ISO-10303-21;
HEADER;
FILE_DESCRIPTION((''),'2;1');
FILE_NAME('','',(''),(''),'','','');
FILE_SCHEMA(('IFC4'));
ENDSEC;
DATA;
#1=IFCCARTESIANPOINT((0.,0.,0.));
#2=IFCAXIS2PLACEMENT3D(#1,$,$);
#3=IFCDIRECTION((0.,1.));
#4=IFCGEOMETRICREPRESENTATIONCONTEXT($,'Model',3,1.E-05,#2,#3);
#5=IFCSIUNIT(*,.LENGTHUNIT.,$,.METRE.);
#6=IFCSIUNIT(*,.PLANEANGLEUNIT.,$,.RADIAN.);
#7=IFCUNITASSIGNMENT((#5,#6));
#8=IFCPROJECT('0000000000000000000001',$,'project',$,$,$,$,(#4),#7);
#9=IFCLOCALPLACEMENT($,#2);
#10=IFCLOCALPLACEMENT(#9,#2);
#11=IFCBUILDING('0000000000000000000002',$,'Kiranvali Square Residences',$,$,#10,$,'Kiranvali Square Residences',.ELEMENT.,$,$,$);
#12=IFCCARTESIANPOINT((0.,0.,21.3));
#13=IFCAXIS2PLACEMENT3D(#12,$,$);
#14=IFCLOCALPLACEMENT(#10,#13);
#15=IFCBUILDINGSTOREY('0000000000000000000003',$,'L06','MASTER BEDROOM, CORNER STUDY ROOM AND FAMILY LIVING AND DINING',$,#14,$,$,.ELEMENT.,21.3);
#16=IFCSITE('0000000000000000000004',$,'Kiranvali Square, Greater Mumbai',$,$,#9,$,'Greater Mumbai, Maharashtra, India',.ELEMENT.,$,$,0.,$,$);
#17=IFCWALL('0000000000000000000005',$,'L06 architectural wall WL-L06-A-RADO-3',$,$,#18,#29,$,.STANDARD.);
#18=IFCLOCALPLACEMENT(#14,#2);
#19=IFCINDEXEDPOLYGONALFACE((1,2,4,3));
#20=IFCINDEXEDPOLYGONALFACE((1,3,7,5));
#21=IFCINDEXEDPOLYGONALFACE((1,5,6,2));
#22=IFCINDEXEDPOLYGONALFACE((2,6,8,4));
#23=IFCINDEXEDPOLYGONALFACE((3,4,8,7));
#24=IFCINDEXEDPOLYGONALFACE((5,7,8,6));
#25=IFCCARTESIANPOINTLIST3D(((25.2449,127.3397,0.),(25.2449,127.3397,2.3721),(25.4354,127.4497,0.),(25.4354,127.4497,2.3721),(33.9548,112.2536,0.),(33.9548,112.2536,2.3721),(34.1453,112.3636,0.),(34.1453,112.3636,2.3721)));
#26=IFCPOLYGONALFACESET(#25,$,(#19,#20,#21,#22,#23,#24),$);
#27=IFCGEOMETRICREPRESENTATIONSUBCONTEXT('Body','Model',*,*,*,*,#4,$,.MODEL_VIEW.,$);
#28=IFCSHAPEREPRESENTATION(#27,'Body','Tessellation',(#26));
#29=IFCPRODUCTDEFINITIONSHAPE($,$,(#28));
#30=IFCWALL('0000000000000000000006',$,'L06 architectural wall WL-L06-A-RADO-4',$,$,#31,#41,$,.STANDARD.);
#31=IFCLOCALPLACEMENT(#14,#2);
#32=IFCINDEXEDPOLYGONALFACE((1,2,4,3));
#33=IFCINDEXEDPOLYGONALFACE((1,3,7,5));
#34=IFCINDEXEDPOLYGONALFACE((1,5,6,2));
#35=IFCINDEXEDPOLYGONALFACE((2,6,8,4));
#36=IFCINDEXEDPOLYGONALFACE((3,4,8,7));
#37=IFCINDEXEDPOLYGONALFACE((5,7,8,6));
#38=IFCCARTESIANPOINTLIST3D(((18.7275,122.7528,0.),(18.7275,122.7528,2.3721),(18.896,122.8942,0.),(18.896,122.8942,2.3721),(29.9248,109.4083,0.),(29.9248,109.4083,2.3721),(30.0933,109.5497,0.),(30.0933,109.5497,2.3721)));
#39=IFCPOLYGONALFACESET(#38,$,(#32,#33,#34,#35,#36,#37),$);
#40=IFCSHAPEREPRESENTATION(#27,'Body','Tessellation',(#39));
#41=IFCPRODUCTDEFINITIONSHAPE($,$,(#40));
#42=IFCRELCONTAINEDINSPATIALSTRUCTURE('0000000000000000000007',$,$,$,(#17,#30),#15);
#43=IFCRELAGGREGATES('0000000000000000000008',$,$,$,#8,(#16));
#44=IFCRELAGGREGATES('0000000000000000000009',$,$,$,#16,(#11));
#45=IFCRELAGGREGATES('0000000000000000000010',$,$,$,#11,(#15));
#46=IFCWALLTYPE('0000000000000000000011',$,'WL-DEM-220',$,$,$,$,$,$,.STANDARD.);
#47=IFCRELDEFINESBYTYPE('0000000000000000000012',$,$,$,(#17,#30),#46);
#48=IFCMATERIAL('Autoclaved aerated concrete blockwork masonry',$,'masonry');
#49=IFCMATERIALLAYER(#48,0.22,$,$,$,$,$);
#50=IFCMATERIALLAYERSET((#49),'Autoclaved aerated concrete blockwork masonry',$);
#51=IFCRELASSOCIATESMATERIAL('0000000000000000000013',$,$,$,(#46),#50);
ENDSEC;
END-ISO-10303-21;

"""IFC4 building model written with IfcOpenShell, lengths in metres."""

from ifc_helpers import new_model, si_unit, direction, frame, frame_2d, origin, place, context, subcontext, project, spatial, rectangle, extrude, material, layer, layer_set, type_object, element, save


model = new_model("IFC4")

# Units and contexts
model_context = context("Model", 3, precision=1e-05, world=origin(), true_north=direction((0.0, 1.0)))
body_context = subcontext(model_context, "Body", "Model", "MODEL_VIEW")
ifc_project = project(units=[si_unit("LENGTHUNIT", "METRE"), si_unit("PLANEANGLEUNIT", "RADIAN")], contexts=[model_context])

# Site, building, storey
site_placement = place(None, origin())
site = spatial("IfcSite", under=ifc_project, at=site_placement, Name="Kiranvali Square, Greater Mumbai", LongName="Greater Mumbai, Maharashtra, India", CompositionType="ELEMENT", RefElevation=0.0)
building_placement = place(site_placement, origin())
building = spatial("IfcBuilding", under=site, at=building_placement, Name="Kiranvali Square Residences", LongName="Kiranvali Square Residences", CompositionType="ELEMENT")
storey_placement = place(building_placement, frame((0.0, 0.0, 21.3)))
storey = spatial("IfcBuildingStorey", under=building, at=storey_placement, Name="L06", Description="MASTER BEDROOM, CORNER STUDY ROOM AND FAMILY LIVING AND DINING", CompositionType="ELEMENT", Elevation=21.3)

# Shared definitions
ifc_material_1 = material(Name="Autoclaved aerated concrete blockwork masonry", Category="masonry")

# Walls
ifc_layer_1 = layer(ifc_material_1, 0.22)
ifc_layer_set_1 = layer_set([ifc_layer_1], Name="Autoclaved aerated concrete blockwork masonry")
wall_type_1 = type_object("IfcWallType", Name="WL-DEM-220", PredefinedType="STANDARD", material=ifc_layer_set_1)
for number, where, z_axis, x_axis, name in (
    (1, (34.05, 112.3086, 0.0), (0.0, 0.0, 1.0), (-0.499998, 0.866027, 0.0), "L06 architectural wall WL-L06-A-RADO-3"),
    (2, (30.009, 109.479, 0.0), (0.0, 0.0, 1.0), (-0.642785, 0.766047, 0.0), "L06 architectural wall WL-L06-A-RADO-4"),
):
    element("IfcWall", number, at=place(storey_placement, frame(where, z_axis=z_axis, x_axis=x_axis)), inside=storey, type_object=wall_type_1, Name=name, PredefinedType="STANDARD", context=body_context, shape_type="SweptSolid", body=[
        extrude(rectangle(XDim=17.4199, YDim=0.22, at=frame_2d((8.71, 0.0))), origin(), (0.0, 0.0, 1.0), 2.3721),
    ])

save(model, "model.ifc")
